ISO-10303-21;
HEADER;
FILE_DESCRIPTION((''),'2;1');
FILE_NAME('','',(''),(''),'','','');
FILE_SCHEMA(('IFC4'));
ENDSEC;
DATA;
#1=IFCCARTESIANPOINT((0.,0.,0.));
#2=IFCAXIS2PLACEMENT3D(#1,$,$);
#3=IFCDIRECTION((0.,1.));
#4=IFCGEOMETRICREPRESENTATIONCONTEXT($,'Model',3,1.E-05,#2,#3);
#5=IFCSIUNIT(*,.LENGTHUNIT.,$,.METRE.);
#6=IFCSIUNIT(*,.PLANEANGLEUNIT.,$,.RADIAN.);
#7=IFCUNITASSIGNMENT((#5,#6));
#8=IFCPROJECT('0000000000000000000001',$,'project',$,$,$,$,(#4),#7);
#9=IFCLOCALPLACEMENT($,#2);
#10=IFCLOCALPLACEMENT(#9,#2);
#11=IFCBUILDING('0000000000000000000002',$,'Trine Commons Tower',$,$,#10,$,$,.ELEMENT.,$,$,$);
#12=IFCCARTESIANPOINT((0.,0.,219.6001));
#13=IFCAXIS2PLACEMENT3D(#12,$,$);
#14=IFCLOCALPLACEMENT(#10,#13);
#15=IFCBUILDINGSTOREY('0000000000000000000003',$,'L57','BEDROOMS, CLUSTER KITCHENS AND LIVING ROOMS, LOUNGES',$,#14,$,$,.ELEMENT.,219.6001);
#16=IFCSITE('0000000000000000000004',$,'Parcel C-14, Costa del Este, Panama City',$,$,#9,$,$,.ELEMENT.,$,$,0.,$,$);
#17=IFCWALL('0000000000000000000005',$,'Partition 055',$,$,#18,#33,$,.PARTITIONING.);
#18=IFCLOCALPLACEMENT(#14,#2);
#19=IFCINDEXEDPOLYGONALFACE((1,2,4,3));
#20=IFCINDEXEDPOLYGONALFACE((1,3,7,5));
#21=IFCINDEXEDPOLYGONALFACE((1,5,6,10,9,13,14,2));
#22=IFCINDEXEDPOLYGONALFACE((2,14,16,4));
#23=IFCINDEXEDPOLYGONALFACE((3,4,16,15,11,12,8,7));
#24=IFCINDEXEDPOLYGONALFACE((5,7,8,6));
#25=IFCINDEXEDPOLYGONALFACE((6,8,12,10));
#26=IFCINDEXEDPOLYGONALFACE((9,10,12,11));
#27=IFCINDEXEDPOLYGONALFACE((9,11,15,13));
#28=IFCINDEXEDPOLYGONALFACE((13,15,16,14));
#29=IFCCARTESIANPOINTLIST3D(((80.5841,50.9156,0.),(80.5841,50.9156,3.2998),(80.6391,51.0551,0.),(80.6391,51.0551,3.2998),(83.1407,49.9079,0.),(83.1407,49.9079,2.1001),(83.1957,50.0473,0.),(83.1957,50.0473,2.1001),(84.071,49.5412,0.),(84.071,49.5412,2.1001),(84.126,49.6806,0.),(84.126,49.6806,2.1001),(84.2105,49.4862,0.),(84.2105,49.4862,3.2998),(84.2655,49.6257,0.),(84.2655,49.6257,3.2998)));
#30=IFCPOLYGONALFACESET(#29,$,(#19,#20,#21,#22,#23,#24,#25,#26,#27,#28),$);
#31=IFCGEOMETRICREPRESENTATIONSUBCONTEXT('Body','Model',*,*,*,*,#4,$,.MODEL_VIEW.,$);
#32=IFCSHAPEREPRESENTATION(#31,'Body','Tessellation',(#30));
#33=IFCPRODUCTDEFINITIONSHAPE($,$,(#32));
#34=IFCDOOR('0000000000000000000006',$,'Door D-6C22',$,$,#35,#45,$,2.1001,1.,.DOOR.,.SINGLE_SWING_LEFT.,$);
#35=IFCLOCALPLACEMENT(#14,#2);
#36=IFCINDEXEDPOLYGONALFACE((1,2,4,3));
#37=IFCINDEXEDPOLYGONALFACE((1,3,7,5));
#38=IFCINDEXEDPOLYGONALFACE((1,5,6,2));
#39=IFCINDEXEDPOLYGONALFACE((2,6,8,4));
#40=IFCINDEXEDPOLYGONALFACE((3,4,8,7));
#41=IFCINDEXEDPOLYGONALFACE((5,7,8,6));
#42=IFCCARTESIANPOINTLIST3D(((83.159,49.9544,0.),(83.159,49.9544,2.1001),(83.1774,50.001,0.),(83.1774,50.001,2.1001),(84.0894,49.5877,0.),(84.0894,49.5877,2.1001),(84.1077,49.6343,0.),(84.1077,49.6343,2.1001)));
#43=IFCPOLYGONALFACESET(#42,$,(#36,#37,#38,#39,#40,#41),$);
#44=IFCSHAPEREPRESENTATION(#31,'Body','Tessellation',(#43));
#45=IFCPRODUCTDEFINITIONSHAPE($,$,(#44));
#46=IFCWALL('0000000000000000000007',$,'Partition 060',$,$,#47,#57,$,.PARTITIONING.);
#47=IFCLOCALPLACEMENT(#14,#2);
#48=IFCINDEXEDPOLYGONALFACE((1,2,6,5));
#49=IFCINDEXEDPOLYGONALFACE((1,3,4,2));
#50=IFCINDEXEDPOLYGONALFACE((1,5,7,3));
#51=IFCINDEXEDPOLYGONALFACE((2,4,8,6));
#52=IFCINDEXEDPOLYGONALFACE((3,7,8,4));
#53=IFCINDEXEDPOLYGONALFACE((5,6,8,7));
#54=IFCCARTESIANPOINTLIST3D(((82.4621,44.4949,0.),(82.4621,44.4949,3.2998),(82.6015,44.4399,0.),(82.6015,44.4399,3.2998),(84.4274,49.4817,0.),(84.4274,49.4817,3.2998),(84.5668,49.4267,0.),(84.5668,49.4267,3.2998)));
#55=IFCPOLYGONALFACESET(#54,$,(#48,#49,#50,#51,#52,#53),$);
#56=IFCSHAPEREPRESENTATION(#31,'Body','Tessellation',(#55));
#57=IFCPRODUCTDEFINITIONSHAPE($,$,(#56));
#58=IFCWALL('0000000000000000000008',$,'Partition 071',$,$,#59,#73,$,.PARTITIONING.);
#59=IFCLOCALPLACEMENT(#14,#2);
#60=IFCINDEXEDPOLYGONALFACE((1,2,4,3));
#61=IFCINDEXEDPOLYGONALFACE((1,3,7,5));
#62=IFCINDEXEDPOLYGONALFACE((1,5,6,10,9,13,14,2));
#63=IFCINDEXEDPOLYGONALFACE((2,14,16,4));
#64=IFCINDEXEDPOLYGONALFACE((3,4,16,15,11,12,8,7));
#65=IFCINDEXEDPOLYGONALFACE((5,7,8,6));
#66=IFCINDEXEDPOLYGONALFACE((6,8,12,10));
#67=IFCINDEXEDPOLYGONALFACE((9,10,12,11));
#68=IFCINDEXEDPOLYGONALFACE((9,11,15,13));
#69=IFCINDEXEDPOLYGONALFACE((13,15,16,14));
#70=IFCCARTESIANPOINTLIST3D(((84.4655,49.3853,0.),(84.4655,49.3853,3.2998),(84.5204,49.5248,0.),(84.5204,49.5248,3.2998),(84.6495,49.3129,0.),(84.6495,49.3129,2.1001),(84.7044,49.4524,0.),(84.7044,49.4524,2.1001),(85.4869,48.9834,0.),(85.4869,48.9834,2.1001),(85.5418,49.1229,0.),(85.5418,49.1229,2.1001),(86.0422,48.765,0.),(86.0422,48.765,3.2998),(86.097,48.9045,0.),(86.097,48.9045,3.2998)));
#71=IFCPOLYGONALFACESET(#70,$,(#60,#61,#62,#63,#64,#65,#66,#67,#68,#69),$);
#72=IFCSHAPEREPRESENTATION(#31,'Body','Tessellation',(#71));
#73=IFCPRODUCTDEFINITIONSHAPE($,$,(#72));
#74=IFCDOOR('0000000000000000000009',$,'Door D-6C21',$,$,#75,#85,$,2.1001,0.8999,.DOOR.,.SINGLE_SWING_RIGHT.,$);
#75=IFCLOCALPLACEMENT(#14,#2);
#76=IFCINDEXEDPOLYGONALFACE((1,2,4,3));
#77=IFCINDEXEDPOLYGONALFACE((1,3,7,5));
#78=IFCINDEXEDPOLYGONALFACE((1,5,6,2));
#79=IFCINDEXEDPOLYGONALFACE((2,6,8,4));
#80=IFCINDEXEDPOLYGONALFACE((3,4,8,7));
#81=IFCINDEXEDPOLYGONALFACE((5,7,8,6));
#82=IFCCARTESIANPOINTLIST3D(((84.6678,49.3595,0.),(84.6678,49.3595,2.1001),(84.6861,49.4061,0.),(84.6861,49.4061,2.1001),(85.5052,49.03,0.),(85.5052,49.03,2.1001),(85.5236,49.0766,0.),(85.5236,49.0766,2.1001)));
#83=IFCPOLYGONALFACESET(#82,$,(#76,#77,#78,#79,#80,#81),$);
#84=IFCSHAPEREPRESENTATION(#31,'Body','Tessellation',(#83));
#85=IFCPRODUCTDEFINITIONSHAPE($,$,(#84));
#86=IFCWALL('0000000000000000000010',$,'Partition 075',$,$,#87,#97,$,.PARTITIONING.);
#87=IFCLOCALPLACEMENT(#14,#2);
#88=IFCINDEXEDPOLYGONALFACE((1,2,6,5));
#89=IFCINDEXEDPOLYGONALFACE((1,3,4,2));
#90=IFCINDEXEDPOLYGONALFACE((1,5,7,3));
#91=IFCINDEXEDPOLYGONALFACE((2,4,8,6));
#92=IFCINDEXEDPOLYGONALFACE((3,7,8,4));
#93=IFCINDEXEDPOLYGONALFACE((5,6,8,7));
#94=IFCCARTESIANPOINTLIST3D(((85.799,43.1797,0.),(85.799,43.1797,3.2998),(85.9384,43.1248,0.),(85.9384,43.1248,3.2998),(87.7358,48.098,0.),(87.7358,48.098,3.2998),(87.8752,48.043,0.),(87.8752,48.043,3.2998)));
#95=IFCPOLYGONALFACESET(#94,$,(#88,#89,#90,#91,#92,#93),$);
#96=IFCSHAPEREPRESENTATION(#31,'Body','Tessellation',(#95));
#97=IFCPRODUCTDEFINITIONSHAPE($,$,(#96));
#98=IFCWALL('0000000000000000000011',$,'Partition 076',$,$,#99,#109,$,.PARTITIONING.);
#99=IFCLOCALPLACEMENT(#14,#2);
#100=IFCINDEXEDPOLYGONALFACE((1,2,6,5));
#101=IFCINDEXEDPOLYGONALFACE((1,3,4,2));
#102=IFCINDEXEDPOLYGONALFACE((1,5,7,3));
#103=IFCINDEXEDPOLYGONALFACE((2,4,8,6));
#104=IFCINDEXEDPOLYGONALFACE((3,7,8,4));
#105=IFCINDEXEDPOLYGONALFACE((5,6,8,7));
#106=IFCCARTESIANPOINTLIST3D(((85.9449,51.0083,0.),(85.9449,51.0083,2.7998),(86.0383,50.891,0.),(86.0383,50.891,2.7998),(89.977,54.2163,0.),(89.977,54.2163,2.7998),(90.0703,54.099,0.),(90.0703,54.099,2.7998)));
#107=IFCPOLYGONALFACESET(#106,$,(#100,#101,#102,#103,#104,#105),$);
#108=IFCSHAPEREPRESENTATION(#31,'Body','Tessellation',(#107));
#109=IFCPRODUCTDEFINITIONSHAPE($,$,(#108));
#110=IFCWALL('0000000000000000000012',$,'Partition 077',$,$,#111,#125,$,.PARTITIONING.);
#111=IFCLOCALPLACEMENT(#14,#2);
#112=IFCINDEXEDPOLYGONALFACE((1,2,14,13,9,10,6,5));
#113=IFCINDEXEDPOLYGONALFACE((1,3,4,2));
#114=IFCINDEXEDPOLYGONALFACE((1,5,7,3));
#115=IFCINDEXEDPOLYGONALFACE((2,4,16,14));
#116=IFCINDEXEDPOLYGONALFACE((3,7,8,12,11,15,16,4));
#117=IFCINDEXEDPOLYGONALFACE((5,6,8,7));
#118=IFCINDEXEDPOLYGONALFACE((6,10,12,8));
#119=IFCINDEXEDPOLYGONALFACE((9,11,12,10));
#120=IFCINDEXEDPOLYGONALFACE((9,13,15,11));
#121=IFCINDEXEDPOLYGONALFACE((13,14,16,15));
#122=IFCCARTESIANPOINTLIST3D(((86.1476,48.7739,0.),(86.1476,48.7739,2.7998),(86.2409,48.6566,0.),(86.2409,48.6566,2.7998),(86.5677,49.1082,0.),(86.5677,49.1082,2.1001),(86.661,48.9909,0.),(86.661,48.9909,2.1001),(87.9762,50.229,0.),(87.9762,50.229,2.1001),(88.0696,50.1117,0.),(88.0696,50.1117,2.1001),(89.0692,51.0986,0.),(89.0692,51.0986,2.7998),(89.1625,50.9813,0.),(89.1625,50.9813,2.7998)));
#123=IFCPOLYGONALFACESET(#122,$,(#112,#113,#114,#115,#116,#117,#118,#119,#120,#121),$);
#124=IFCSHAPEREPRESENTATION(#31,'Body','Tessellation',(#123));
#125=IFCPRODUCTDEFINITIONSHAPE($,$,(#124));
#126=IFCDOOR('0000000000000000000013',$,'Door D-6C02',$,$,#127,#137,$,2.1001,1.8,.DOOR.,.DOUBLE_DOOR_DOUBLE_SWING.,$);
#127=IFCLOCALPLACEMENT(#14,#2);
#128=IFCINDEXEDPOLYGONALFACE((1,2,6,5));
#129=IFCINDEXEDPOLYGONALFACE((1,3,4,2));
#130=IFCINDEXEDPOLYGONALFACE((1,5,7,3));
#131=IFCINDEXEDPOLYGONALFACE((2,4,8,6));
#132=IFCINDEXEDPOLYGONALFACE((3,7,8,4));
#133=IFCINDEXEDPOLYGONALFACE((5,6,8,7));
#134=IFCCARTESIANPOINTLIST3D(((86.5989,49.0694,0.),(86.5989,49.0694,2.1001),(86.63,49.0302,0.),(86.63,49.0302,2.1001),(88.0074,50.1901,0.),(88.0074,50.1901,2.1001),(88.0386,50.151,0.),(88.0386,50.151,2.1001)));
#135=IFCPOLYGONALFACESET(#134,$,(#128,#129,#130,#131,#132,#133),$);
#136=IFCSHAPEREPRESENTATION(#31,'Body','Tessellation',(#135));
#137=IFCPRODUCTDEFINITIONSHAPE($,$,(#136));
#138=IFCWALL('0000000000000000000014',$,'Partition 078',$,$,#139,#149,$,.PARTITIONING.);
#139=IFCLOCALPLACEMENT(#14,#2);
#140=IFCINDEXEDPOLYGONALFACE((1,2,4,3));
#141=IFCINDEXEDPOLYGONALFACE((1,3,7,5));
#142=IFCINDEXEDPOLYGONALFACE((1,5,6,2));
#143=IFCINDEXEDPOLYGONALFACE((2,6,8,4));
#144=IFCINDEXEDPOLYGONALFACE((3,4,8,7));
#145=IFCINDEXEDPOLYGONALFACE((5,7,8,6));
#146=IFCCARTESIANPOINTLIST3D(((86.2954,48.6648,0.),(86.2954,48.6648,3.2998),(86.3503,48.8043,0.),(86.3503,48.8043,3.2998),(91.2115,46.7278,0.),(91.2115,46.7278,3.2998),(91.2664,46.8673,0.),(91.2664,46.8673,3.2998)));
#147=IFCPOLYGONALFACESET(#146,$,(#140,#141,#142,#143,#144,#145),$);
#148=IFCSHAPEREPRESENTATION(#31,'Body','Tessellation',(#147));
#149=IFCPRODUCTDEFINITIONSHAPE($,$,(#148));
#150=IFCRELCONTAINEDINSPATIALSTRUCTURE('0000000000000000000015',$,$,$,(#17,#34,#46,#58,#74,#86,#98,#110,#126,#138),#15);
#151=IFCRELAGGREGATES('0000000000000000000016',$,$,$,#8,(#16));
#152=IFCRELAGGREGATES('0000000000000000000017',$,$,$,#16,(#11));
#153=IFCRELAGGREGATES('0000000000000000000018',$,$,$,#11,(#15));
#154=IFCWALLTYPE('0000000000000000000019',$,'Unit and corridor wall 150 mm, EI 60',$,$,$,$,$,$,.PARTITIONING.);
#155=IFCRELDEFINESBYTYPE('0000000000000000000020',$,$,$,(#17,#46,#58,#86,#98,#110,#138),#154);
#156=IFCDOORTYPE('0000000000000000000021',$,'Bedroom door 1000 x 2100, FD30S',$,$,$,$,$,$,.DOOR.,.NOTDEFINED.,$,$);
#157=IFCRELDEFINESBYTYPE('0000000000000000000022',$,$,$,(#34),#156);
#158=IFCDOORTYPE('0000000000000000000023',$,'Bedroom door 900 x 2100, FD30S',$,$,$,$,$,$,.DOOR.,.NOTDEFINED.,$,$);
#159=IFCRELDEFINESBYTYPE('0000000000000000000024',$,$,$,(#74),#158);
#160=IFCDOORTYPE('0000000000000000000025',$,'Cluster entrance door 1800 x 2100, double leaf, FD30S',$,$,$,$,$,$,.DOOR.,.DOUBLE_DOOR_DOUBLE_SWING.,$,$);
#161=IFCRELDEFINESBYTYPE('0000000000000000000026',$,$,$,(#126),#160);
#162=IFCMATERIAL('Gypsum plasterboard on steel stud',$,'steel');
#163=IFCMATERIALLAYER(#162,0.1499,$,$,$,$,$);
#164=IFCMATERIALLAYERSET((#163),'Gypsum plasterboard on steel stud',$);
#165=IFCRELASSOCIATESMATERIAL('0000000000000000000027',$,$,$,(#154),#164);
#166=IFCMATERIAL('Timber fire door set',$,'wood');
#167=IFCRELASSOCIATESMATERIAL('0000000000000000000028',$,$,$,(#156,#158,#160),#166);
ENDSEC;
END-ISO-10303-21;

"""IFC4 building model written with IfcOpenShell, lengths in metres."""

from ifc_helpers import new_model, si_unit, direction, frame, frame_2d, origin, place, context, subcontext, project, spatial, rectangle, extrude, material, layer, layer_set, type_object, element, fill, save


model = new_model("IFC4")

# Units and contexts
model_context = context("Model", 3, precision=1e-05, world=origin(), true_north=direction((0.0, 1.0)))
body_context = subcontext(model_context, "Body", "Model", "MODEL_VIEW")
ifc_project = project(units=[si_unit("LENGTHUNIT", "METRE"), si_unit("PLANEANGLEUNIT", "RADIAN")], contexts=[model_context])

# Site, building, storey
site_placement = place(None, origin())
site = spatial("IfcSite", under=ifc_project, at=site_placement, Name="Parcel C-14, Costa del Este, Panama City", CompositionType="ELEMENT", RefElevation=0.0)
building_placement = place(site_placement, origin())
building = spatial("IfcBuilding", under=site, at=building_placement, Name="Trine Commons Tower", CompositionType="ELEMENT")
storey_placement = place(building_placement, frame((0.0, 0.0, 219.6001)))
storey = spatial("IfcBuildingStorey", under=building, at=storey_placement, Name="L57", Description="BEDROOMS, CLUSTER KITCHENS AND LIVING ROOMS, LOUNGES", CompositionType="ELEMENT", Elevation=219.6001)

# Wall, opening, door
ifc_material_1 = material(Name="Gypsum plasterboard on steel stud", Category="steel")
ifc_layer_1 = layer(ifc_material_1, 0.1499)
ifc_layer_set_1 = layer_set([ifc_layer_1], Name="Gypsum plasterboard on steel stud")
wall_type_1 = type_object("IfcWallType", Name="Unit and corridor wall 150 mm, EI 60", PredefinedType="PARTITIONING", material=ifc_layer_set_1)
wall_1_placement = place(storey_placement, frame((80.6116, 50.9854, 0.0), z_axis=(0.0, 0.0, 1.0), x_axis=(0.930335, -0.36671, 0.0)))
wall_1 = element("IfcWall", 1, at=wall_1_placement, inside=storey, type_object=wall_type_1, Name="Partition 055", PredefinedType="PARTITIONING", context=body_context, shape_type="SweptSolid", body=[
    extrude(rectangle(XDim=3.8979, YDim=0.1499, at=frame_2d((1.949, 0.0))), origin(), (0.0, 0.0, 1.0), 3.2998),
])
opening_1_placement = place(wall_1_placement, frame((2.748, 0.0, 0.0)))
opening_1 = element("IfcOpeningElement", 2, at=opening_1_placement, cuts=wall_1, PredefinedType="OPENING", context=body_context, shape_type="SweptSolid", body=[
    extrude(rectangle(XDim=1.0, YDim=2.1001, at=frame_2d((0.5, 1.05))), frame((0.0, 0.085, 0.0), z_axis=(0.0, -1.0, 0.0), x_axis=(1.0, 0.0, 0.0)), (0.0, 0.0, 1.0), 0.1699),
])
ifc_material_2 = material(Name="Timber fire door set", Category="wood")
door_type_1 = type_object("IfcDoorType", Name="Bedroom door 1000 x 2100, FD30S", OperationType="NOTDEFINED", PredefinedType="DOOR", material=ifc_material_2)
door_1_placement = place(opening_1_placement, frame((1.0, 0.0, 0.0), z_axis=(0.0, 0.0, 1.0), x_axis=(-1.0, 0.0, 0.0)))
door_1 = element("IfcDoor", 3, at=door_1_placement, inside=storey, type_object=door_type_1, Name="Door D-6C22", OperationType="SINGLE_SWING_LEFT", OverallHeight=2.1001, OverallWidth=1.0, PredefinedType="DOOR", context=body_context, shape_type="SweptSolid", body=[
    extrude(rectangle(XDim=1.0, YDim=2.1001, at=frame_2d((0.5, 1.05))), frame((0.0, 0.0249, 0.0), z_axis=(0.0, -1.0, 0.0), x_axis=(1.0, 0.0, 0.0)), (0.0, 0.0, 1.0), 0.05),
])
fill(opening_1, door_1)

# Wall
wall_2_placement = place(storey_placement, frame((82.5317, 44.4673, 0.0), z_axis=(0.0, 0.0, 1.0), x_axis=(0.366658, 0.930356, 0.0)))
element("IfcWall", 4, at=wall_2_placement, inside=storey, type_object=wall_type_1, Name="Partition 060", PredefinedType="PARTITIONING", context=body_context, shape_type="SweptSolid", body=[
    extrude(rectangle(XDim=5.3601, YDim=0.1499, at=frame_2d((2.6802, 0.0))), origin(), (0.0, 0.0, 1.0), 3.2998),
])

# Wall, opening, door
wall_3_placement = place(storey_placement, frame((84.4929, 49.4551, 0.0), z_axis=(0.0, 0.0, 1.0), x_axis=(0.930559, -0.366143, 0.0)))
wall_3 = element("IfcWall", 5, at=wall_3_placement, inside=storey, type_object=wall_type_1, Name="Partition 071", PredefinedType="PARTITIONING", context=body_context, shape_type="SweptSolid", body=[
    extrude(rectangle(XDim=1.6943, YDim=0.1499, at=frame_2d((0.8472, 0.0))), origin(), (0.0, 0.0, 1.0), 3.2998),
])
opening_2_placement = place(wall_3_placement, frame((0.1978, 0.0, 0.0)))
opening_2 = element("IfcOpeningElement", 6, at=opening_2_placement, cuts=wall_3, PredefinedType="OPENING", context=body_context, shape_type="SweptSolid", body=[
    extrude(rectangle(XDim=0.8999, YDim=2.1001, at=frame_2d((0.45, 1.05))), frame((0.0, 0.085, 0.0), z_axis=(0.0, -1.0, 0.0), x_axis=(1.0, 0.0, 0.0)), (0.0, 0.0, 1.0), 0.1699),
])
door_type_2 = type_object("IfcDoorType", Name="Bedroom door 900 x 2100, FD30S", OperationType="NOTDEFINED", PredefinedType="DOOR", material=ifc_material_2)
door_2_placement = place(opening_2_placement, frame((0.8999, 0.0, 0.0), z_axis=(0.0, 0.0, 1.0), x_axis=(-1.0, 0.0, 0.0)))
door_2 = element("IfcDoor", 7, at=door_2_placement, inside=storey, type_object=door_type_2, Name="Door D-6C21", OperationType="SINGLE_SWING_RIGHT", OverallHeight=2.1001, OverallWidth=0.8999, PredefinedType="DOOR", context=body_context, shape_type="SweptSolid", body=[
    extrude(rectangle(XDim=0.8999, YDim=2.1001, at=frame_2d((0.45, 1.05))), frame((0.0, 0.0249, 0.0), z_axis=(0.0, -1.0, 0.0), x_axis=(1.0, 0.0, 0.0)), (0.0, 0.0, 1.0), 0.05),
])
fill(opening_2, door_2)

# Walls
wall_4_placement = place(storey_placement, frame((85.8687, 43.1521, 0.0), z_axis=(0.0, 0.0, 1.0), x_axis=(0.366408, 0.930454, 0.0)))
element("IfcWall", 8, at=wall_4_placement, inside=storey, type_object=wall_type_1, Name="Partition 075", PredefinedType="PARTITIONING", context=body_context, shape_type="SweptSolid", body=[
    extrude(rectangle(XDim=5.2859, YDim=0.1499, at=frame_2d((2.6431, 0.0))), origin(), (0.0, 0.0, 1.0), 3.2998),
])
wall_5_placement = place(storey_placement, frame((85.9917, 50.9497, 0.0), z_axis=(0.0, 0.0, 1.0), x_axis=(0.78253, 0.622613, 0.0)))
element("IfcWall", 9, at=wall_5_placement, inside=storey, type_object=wall_type_1, Name="Partition 076", PredefinedType="PARTITIONING", context=body_context, shape_type="SweptSolid", body=[
    extrude(rectangle(XDim=5.1526, YDim=0.1499, at=frame_2d((2.5762, 0.0))), origin(), (0.0, 0.0, 1.0), 2.7998),
])

# Wall, opening, door
wall_6_placement = place(storey_placement, frame((86.1943, 48.7153, 0.0), z_axis=(0.0, 0.0, 1.0), x_axis=(0.782512, 0.622636, 0.0)))
wall_6 = element("IfcWall", 10, at=wall_6_placement, inside=storey, type_object=wall_type_1, Name="Partition 077", PredefinedType="PARTITIONING", context=body_context, shape_type="SweptSolid", body=[
    extrude(rectangle(XDim=3.7336, YDim=0.1499, at=frame_2d((1.8667, 0.0))), origin(), (0.0, 0.0, 1.0), 2.7998),
])
opening_3_placement = place(wall_6_placement, frame((0.5369, 0.0, 0.0)))
opening_3 = element("IfcOpeningElement", 11, at=opening_3_placement, cuts=wall_6, PredefinedType="OPENING", context=body_context, shape_type="SweptSolid", body=[
    extrude(rectangle(XDim=1.8, YDim=2.1001, at=frame_2d((0.8999, 1.05))), frame((0.0, 0.085, 0.0), z_axis=(0.0, -1.0, 0.0), x_axis=(1.0, 0.0, 0.0)), (0.0, 0.0, 1.0), 0.1699),
])
door_type_3 = type_object("IfcDoorType", Name="Cluster entrance door 1800 x 2100, double leaf, FD30S", OperationType="DOUBLE_DOOR_DOUBLE_SWING", PredefinedType="DOOR", material=ifc_material_2)
door_3_placement = place(opening_3_placement, frame((1.8, 0.0, 0.0), z_axis=(0.0, 0.0, 1.0), x_axis=(-1.0, 0.0, 0.0)))
door_3 = element("IfcDoor", 12, at=door_3_placement, inside=storey, type_object=door_type_3, Name="Door D-6C02", OperationType="DOUBLE_DOOR_DOUBLE_SWING", OverallHeight=2.1001, OverallWidth=1.8, PredefinedType="DOOR", context=body_context, shape_type="SweptSolid", body=[
    extrude(rectangle(XDim=1.8, YDim=2.1001, at=frame_2d((0.8999, 1.05))), frame((0.0, 0.0249, 0.0), z_axis=(0.0, -1.0, 0.0), x_axis=(1.0, 0.0, 0.0)), (0.0, 0.0, 1.0), 0.05),
])
fill(opening_3, door_3)

# Wall
wall_7_placement = place(storey_placement, frame((86.3228, 48.7346, 0.0), z_axis=(0.0, 0.0, 1.0), x_axis=(0.930383, -0.36659, 0.0)))
element("IfcWall", 13, at=wall_7_placement, inside=storey, type_object=wall_type_1, Name="Partition 078", PredefinedType="PARTITIONING", context=body_context, shape_type="SweptSolid", body=[
    extrude(rectangle(XDim=5.2839, YDim=0.1499, at=frame_2d((2.6421, 0.0))), origin(), (0.0, 0.0, 1.0), 3.2998),
])

save(model, "model.ifc")
